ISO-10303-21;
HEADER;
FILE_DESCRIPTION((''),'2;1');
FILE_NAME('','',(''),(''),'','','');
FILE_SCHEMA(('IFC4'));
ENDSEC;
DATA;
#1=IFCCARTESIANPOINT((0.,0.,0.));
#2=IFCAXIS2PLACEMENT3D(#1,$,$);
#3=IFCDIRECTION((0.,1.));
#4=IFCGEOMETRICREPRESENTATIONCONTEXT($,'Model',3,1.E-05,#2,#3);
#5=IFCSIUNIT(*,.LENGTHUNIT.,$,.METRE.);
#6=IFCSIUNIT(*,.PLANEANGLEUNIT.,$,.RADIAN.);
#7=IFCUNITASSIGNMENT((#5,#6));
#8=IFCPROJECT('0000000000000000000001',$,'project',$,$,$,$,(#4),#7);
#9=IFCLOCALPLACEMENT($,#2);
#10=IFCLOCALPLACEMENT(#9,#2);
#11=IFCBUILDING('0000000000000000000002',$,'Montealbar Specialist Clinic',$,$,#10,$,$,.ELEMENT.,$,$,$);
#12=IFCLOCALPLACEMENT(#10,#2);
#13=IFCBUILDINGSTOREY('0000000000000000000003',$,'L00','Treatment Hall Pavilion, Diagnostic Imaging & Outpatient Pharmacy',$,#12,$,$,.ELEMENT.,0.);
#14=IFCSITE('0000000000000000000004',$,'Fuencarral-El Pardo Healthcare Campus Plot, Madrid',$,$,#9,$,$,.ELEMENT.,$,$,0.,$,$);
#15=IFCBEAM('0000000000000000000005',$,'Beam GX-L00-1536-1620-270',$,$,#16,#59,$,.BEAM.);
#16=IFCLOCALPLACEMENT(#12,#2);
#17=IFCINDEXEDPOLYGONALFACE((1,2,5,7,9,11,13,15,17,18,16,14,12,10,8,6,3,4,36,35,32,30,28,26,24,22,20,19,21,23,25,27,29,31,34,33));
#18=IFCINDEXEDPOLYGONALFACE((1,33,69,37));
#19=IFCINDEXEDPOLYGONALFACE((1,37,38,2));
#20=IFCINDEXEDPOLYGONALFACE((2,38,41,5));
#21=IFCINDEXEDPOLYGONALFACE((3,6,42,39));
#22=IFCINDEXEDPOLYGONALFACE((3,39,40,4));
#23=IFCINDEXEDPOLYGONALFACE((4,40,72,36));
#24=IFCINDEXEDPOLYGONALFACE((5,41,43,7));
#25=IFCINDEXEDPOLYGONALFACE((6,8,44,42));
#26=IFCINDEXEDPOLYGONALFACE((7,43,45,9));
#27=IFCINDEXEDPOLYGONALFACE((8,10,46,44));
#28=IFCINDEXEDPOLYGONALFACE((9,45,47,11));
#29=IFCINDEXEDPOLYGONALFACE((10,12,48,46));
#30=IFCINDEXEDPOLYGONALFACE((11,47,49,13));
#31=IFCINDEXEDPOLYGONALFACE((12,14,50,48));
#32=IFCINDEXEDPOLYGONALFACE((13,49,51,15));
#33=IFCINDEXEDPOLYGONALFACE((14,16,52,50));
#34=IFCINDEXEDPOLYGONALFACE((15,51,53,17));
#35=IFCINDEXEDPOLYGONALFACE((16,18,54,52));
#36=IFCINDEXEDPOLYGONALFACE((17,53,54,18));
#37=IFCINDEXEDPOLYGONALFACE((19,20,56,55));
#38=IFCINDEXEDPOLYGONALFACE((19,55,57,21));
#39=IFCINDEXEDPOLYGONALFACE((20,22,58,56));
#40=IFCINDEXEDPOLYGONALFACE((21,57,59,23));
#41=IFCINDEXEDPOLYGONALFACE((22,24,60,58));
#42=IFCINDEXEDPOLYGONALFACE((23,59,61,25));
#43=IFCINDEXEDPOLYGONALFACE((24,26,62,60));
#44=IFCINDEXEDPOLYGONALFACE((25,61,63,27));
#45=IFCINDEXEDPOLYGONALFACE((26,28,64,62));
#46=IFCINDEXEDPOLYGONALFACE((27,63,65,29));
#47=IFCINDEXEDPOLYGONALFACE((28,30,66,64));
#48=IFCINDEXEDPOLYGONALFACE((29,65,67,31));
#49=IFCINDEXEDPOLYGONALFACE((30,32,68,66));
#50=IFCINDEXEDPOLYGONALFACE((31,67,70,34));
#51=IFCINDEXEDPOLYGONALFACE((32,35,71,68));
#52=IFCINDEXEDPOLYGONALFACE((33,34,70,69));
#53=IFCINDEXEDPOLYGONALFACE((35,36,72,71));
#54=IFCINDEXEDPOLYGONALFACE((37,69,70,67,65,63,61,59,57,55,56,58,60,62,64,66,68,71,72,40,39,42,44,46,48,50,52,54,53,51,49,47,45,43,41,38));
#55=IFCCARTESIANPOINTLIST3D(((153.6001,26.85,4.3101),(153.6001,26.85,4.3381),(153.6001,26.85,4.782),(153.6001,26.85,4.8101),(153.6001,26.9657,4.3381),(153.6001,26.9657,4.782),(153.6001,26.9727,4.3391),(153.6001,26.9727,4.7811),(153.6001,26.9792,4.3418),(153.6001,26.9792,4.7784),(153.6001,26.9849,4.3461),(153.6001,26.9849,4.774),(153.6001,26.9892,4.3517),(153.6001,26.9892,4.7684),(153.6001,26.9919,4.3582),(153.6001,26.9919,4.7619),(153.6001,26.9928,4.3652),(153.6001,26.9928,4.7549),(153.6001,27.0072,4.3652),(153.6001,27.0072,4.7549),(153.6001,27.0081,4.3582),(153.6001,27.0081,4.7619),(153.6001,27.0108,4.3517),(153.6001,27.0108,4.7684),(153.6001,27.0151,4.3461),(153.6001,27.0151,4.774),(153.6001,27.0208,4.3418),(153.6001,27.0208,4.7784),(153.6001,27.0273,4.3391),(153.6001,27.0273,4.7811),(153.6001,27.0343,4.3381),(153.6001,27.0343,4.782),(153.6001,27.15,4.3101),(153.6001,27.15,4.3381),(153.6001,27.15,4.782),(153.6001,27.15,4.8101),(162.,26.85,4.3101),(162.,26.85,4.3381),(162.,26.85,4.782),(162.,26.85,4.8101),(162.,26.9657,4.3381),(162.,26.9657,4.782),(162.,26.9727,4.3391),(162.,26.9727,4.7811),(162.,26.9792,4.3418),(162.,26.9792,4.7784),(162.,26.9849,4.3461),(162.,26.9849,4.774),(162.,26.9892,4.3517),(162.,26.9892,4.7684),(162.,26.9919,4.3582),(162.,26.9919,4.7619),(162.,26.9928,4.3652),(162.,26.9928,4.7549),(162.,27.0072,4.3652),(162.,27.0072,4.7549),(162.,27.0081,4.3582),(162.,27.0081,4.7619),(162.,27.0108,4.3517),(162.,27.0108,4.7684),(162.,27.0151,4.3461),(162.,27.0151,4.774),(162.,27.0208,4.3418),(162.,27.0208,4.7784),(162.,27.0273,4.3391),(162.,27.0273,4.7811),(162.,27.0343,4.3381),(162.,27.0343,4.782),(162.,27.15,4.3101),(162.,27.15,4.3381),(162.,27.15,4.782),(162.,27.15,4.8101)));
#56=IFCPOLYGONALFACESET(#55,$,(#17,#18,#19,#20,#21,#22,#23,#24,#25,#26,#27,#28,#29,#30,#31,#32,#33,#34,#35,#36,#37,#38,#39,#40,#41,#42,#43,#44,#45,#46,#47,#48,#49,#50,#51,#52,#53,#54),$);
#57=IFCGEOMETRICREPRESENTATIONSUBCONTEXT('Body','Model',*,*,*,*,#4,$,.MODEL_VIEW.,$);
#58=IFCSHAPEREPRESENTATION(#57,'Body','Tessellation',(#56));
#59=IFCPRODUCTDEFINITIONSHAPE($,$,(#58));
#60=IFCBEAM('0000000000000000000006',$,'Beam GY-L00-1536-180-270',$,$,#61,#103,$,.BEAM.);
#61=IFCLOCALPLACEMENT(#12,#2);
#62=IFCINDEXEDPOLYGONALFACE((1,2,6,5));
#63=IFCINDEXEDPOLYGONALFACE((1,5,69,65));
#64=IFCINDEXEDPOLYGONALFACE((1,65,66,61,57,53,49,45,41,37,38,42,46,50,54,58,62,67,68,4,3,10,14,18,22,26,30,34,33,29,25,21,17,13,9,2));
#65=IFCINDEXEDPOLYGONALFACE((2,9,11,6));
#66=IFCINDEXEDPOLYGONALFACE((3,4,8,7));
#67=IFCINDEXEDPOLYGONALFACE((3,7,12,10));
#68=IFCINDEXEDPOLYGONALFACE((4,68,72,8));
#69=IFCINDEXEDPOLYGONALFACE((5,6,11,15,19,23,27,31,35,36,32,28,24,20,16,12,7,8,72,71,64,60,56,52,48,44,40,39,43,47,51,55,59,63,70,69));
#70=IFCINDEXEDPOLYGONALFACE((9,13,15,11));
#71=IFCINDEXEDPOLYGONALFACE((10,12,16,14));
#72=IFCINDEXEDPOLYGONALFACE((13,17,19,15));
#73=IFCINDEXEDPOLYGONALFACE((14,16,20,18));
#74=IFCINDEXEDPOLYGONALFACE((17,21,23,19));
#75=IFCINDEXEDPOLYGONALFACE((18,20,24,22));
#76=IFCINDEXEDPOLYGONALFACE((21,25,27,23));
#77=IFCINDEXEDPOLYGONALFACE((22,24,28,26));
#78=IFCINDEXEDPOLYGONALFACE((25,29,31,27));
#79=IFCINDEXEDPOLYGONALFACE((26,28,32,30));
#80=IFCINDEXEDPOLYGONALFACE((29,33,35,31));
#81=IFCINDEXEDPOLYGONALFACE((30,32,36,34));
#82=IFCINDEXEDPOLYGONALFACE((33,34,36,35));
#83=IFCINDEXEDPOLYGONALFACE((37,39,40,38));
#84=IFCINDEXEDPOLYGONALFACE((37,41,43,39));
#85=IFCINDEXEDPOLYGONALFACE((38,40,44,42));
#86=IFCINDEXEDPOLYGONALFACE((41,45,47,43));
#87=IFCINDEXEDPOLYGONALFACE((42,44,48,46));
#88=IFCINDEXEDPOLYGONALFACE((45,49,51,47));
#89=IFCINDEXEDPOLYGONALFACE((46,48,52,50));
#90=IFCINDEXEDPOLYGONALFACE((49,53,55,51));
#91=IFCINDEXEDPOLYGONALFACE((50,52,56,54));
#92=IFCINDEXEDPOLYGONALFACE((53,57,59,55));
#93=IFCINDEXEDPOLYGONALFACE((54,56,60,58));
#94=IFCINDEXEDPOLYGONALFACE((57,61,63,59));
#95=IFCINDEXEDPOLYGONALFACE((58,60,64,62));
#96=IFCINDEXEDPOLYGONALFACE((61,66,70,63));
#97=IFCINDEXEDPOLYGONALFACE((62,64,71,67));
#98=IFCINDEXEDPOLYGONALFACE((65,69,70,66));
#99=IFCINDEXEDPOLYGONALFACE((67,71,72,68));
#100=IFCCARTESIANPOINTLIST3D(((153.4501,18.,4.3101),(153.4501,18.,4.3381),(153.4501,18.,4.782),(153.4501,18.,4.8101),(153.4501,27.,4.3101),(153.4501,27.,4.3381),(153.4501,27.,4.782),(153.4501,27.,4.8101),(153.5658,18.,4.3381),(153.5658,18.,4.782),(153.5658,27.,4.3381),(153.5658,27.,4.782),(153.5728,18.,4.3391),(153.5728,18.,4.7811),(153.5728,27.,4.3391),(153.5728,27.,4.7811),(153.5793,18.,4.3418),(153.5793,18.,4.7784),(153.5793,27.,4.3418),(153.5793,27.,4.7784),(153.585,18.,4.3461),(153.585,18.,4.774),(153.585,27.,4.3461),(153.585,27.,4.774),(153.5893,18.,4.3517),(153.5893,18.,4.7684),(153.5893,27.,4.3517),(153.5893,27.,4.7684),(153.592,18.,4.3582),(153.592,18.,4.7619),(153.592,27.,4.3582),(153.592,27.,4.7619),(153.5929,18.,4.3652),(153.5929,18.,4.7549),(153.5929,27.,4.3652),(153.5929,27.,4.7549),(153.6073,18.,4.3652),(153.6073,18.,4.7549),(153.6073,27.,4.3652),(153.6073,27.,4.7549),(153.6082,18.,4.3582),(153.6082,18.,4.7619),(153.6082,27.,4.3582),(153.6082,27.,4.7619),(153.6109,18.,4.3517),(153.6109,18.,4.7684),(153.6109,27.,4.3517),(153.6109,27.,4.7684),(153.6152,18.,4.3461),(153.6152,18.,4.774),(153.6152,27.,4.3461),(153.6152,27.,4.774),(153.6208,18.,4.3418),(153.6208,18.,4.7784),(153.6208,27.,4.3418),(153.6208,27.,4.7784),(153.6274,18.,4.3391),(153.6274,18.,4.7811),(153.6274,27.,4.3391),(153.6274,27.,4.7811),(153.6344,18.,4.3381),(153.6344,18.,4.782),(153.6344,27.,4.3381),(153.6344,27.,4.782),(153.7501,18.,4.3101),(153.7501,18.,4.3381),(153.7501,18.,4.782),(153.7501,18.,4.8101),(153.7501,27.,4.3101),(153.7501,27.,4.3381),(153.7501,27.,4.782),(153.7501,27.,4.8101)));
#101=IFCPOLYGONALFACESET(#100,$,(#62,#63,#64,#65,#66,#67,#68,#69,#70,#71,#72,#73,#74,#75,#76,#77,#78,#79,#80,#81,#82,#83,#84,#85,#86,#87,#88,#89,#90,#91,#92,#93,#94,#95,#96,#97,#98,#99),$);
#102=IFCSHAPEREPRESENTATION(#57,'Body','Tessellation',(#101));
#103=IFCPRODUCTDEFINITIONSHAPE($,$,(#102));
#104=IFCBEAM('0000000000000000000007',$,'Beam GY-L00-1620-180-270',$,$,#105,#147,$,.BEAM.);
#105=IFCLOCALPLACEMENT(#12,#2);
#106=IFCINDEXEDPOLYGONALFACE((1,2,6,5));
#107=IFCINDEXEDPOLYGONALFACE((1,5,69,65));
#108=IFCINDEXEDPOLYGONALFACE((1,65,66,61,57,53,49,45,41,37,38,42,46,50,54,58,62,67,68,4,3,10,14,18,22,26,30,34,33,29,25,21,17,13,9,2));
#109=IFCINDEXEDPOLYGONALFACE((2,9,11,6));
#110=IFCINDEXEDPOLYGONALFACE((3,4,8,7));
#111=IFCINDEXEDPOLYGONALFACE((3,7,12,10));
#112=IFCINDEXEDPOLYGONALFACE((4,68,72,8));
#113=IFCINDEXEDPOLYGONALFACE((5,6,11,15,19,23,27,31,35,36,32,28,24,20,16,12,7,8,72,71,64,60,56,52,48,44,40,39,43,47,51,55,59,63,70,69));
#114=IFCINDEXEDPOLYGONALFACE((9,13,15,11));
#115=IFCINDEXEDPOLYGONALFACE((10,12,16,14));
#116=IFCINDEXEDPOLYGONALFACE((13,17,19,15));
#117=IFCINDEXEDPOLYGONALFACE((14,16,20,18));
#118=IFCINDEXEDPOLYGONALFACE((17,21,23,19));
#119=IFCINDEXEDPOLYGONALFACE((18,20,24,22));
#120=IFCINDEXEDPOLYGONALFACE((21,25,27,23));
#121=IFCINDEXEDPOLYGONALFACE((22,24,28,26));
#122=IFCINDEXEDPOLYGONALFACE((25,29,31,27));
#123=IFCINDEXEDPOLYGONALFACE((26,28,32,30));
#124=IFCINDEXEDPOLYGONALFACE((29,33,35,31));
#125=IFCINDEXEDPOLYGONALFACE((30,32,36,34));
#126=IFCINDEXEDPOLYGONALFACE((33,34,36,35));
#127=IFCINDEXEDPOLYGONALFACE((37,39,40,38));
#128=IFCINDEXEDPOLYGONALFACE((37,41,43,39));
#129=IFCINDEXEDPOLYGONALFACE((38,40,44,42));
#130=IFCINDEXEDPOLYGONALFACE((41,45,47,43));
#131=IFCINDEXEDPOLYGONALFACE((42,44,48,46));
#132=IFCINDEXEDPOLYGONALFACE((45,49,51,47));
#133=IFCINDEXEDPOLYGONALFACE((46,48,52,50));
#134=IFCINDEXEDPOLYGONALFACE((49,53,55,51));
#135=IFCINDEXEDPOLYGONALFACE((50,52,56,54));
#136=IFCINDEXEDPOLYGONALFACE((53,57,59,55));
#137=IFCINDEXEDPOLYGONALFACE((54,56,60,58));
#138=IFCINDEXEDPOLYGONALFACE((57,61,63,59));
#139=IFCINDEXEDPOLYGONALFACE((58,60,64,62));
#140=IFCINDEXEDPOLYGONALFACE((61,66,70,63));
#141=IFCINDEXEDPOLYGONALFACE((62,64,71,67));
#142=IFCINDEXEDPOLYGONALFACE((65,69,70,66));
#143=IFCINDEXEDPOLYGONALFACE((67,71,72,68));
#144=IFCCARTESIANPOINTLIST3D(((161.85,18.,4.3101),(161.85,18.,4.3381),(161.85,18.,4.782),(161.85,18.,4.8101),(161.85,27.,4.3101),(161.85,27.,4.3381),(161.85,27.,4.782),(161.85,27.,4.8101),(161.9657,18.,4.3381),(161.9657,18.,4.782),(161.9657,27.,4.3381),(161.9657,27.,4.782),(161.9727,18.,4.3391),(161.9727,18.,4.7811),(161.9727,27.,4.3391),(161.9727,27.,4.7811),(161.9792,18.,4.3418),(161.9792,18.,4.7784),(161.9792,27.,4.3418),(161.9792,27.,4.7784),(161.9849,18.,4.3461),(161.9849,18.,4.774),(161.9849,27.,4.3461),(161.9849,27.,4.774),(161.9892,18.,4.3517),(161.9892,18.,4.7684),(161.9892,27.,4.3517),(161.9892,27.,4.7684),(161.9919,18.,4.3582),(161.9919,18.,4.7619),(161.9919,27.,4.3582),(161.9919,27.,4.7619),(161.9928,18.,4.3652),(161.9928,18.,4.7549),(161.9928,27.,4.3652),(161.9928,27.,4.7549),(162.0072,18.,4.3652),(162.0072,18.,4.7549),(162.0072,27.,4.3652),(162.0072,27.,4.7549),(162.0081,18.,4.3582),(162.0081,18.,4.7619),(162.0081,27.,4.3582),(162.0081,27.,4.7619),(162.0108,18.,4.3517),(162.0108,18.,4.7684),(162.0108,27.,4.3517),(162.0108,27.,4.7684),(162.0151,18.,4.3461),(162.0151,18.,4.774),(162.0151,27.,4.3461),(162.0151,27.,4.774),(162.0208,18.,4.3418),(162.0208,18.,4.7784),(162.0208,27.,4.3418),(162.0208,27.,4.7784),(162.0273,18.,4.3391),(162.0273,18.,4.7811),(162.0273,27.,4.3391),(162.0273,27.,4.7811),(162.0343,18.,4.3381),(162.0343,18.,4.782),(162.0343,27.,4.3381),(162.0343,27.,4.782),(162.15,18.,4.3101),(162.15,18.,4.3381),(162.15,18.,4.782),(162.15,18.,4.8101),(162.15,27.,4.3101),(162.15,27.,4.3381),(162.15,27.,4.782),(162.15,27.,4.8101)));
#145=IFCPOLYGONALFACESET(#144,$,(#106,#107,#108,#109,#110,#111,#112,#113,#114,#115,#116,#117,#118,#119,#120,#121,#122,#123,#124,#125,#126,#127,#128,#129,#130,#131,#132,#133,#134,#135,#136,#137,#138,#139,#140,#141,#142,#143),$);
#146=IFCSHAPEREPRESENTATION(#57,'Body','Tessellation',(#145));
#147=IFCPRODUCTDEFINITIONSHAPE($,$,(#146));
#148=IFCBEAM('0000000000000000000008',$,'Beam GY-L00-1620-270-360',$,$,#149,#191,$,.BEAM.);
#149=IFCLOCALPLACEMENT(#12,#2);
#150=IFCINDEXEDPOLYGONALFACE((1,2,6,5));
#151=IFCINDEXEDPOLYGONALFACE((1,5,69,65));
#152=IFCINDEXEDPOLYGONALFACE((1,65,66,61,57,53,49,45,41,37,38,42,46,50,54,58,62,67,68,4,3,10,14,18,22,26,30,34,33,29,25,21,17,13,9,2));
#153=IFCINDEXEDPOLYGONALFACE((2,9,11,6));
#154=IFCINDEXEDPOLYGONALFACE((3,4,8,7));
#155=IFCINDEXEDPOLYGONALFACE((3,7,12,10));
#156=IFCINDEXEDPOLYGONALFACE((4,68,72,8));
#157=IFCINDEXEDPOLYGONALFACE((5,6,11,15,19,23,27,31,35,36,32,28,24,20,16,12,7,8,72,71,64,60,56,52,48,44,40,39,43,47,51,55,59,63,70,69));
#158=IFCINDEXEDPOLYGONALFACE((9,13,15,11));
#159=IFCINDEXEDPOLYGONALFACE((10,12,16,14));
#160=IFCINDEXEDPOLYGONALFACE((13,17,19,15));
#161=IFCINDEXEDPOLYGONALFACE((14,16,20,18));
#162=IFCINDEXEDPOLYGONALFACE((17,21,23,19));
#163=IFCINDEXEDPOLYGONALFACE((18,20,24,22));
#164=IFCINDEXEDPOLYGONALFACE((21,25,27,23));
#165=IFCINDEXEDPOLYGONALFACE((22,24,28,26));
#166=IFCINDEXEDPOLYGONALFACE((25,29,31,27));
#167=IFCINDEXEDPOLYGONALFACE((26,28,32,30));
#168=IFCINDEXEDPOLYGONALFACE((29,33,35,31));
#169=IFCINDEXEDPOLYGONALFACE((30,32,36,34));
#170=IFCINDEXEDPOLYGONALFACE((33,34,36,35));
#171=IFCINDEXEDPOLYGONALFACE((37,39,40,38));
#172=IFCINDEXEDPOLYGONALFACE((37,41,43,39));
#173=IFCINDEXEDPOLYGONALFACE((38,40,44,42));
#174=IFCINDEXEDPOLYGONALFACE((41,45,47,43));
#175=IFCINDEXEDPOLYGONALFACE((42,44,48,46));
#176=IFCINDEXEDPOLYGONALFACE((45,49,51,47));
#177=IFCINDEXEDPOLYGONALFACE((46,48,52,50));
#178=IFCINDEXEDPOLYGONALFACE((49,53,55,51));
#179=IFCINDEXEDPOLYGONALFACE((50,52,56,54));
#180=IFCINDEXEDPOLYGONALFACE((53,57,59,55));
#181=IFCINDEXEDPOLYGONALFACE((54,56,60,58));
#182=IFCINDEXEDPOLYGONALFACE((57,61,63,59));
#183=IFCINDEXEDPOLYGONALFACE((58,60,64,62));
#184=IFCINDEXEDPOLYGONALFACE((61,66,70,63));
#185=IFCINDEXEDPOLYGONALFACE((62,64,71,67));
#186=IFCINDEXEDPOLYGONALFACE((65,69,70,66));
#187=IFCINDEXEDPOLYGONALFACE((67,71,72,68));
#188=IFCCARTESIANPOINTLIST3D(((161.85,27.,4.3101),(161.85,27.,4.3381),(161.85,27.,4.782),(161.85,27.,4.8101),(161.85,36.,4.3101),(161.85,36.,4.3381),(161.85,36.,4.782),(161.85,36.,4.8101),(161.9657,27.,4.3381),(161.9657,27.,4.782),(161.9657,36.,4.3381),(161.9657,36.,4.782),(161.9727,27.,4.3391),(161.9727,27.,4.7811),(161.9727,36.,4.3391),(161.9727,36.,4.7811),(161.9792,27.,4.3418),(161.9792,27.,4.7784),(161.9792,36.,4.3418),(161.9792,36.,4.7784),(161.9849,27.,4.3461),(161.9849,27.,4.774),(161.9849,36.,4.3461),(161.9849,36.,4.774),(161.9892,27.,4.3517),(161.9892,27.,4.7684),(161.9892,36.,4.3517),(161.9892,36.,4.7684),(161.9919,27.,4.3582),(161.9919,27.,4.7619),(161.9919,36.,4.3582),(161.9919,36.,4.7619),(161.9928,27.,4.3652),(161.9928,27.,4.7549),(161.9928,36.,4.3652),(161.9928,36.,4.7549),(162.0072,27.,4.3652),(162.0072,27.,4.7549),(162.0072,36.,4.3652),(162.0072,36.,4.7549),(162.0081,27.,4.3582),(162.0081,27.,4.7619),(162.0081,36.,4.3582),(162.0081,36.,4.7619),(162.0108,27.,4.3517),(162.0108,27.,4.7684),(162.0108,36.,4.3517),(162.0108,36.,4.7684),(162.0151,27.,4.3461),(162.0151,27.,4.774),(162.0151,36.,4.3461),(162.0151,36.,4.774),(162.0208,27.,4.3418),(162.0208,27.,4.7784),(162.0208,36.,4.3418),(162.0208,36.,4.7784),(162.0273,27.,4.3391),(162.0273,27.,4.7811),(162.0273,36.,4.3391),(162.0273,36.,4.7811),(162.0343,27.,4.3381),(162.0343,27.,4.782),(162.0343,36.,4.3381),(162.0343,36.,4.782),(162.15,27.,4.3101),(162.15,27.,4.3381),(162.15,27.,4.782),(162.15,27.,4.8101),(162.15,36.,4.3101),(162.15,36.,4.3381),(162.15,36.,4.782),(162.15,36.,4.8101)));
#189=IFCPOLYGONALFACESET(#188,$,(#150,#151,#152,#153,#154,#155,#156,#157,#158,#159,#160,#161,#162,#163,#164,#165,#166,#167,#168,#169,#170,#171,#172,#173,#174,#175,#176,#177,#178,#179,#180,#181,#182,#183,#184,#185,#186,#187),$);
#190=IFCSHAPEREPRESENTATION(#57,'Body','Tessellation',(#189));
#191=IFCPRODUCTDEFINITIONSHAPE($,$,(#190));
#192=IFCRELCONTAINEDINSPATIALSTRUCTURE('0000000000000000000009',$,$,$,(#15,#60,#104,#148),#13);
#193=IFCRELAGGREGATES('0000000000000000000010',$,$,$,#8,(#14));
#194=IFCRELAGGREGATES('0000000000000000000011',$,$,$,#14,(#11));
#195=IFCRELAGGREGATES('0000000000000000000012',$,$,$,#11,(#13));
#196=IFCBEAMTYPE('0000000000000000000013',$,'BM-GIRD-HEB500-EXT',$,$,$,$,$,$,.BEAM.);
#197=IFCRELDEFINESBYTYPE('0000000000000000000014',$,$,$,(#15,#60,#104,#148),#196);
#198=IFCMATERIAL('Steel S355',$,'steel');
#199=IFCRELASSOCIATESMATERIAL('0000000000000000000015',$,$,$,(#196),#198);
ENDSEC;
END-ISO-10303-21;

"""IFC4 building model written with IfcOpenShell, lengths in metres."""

from ifc_helpers import new_model, si_unit, direction, frame, origin, origin_2d, place, context, subcontext, project, spatial, i_section, extrude, material, material_profile, profile_set, type_object, element, save


model = new_model("IFC4")

# Units and contexts
model_context = context("Model", 3, precision=1e-05, world=origin(), true_north=direction((0.0, 1.0)))
body_context = subcontext(model_context, "Body", "Model", "MODEL_VIEW")
ifc_project = project(units=[si_unit("LENGTHUNIT", "METRE"), si_unit("PLANEANGLEUNIT", "RADIAN")], contexts=[model_context])

# Site, building, storey
site_placement = place(None, origin())
site = spatial("IfcSite", under=ifc_project, at=site_placement, Name="Fuencarral-El Pardo Healthcare Campus Plot, Madrid", CompositionType="ELEMENT", RefElevation=0.0)
building_placement = place(site_placement, origin())
building = spatial("IfcBuilding", under=site, at=building_placement, Name="Montealbar Specialist Clinic", CompositionType="ELEMENT")
storey_placement = place(building_placement, origin())
storey = spatial("IfcBuildingStorey", under=building, at=storey_placement, Name="L00", Description="Treatment Hall Pavilion, Diagnostic Imaging & Outpatient Pharmacy", CompositionType="ELEMENT", Elevation=0.0)

# Shared definitions
ifc_material_1 = material(Name="Steel S355", Category="steel")

# Beams
ifc_material_profile_1 = material_profile(ifc_material_1, i_section(OverallWidth=0.3, OverallDepth=0.5, WebThickness=0.0144, FlangeThickness=0.0281, FilletRadius=0.0271, at=origin_2d()), Name="HEB 500", Category="steel")
ifc_profile_set_1 = profile_set([ifc_material_profile_1], Name="Steel S355")
beam_type_1 = type_object("IfcBeamType", Name="BM-GIRD-HEB500-EXT", PredefinedType="BEAM", material=ifc_profile_set_1)
for number, where, z_axis, x_axis, name in (
    (1, (153.6001, 27.0, 4.5601), (1.0, 0.0, 0.0), (0.0, 1.0, 0.0), "Beam GX-L00-1536-1620-270"),
):
    element("IfcBeam", number, at=place(storey_placement, frame(where, z_axis=z_axis, x_axis=x_axis)), inside=storey, type_object=beam_type_1, Name=name, PredefinedType="BEAM", context=body_context, shape_type="SweptSolid", body=[
        extrude(i_section(OverallWidth=0.3, OverallDepth=0.5, WebThickness=0.0144, FlangeThickness=0.0281, FilletRadius=0.0271, at=origin_2d()), origin(), (0.0, 0.0, 1.0), 8.3999),
    ])
for number, where, z_axis, x_axis, name in (
    (2, (153.6001, 18.0, 4.5601), (0.0, 1.0, 0.0), (-1.0, 0.0, 0.0), "Beam GY-L00-1536-180-270"),
    (3, (162.0, 18.0, 4.5601), (0.0, 1.0, 0.0), (-1.0, 0.0, 0.0), "Beam GY-L00-1620-180-270"),
    (4, (162.0, 27.0, 4.5601), (0.0, 1.0, 0.0), (-1.0, 0.0, 0.0), "Beam GY-L00-1620-270-360"),
):
    element("IfcBeam", number, at=place(storey_placement, frame(where, z_axis=z_axis, x_axis=x_axis)), inside=storey, type_object=beam_type_1, Name=name, PredefinedType="BEAM", context=body_context, shape_type="SweptSolid", body=[
        extrude(i_section(OverallWidth=0.3, OverallDepth=0.5, WebThickness=0.0144, FlangeThickness=0.0281, FilletRadius=0.0271, at=origin_2d()), origin(), (0.0, 0.0, 1.0), 9.0),
    ])

save(model, "model.ifc")
